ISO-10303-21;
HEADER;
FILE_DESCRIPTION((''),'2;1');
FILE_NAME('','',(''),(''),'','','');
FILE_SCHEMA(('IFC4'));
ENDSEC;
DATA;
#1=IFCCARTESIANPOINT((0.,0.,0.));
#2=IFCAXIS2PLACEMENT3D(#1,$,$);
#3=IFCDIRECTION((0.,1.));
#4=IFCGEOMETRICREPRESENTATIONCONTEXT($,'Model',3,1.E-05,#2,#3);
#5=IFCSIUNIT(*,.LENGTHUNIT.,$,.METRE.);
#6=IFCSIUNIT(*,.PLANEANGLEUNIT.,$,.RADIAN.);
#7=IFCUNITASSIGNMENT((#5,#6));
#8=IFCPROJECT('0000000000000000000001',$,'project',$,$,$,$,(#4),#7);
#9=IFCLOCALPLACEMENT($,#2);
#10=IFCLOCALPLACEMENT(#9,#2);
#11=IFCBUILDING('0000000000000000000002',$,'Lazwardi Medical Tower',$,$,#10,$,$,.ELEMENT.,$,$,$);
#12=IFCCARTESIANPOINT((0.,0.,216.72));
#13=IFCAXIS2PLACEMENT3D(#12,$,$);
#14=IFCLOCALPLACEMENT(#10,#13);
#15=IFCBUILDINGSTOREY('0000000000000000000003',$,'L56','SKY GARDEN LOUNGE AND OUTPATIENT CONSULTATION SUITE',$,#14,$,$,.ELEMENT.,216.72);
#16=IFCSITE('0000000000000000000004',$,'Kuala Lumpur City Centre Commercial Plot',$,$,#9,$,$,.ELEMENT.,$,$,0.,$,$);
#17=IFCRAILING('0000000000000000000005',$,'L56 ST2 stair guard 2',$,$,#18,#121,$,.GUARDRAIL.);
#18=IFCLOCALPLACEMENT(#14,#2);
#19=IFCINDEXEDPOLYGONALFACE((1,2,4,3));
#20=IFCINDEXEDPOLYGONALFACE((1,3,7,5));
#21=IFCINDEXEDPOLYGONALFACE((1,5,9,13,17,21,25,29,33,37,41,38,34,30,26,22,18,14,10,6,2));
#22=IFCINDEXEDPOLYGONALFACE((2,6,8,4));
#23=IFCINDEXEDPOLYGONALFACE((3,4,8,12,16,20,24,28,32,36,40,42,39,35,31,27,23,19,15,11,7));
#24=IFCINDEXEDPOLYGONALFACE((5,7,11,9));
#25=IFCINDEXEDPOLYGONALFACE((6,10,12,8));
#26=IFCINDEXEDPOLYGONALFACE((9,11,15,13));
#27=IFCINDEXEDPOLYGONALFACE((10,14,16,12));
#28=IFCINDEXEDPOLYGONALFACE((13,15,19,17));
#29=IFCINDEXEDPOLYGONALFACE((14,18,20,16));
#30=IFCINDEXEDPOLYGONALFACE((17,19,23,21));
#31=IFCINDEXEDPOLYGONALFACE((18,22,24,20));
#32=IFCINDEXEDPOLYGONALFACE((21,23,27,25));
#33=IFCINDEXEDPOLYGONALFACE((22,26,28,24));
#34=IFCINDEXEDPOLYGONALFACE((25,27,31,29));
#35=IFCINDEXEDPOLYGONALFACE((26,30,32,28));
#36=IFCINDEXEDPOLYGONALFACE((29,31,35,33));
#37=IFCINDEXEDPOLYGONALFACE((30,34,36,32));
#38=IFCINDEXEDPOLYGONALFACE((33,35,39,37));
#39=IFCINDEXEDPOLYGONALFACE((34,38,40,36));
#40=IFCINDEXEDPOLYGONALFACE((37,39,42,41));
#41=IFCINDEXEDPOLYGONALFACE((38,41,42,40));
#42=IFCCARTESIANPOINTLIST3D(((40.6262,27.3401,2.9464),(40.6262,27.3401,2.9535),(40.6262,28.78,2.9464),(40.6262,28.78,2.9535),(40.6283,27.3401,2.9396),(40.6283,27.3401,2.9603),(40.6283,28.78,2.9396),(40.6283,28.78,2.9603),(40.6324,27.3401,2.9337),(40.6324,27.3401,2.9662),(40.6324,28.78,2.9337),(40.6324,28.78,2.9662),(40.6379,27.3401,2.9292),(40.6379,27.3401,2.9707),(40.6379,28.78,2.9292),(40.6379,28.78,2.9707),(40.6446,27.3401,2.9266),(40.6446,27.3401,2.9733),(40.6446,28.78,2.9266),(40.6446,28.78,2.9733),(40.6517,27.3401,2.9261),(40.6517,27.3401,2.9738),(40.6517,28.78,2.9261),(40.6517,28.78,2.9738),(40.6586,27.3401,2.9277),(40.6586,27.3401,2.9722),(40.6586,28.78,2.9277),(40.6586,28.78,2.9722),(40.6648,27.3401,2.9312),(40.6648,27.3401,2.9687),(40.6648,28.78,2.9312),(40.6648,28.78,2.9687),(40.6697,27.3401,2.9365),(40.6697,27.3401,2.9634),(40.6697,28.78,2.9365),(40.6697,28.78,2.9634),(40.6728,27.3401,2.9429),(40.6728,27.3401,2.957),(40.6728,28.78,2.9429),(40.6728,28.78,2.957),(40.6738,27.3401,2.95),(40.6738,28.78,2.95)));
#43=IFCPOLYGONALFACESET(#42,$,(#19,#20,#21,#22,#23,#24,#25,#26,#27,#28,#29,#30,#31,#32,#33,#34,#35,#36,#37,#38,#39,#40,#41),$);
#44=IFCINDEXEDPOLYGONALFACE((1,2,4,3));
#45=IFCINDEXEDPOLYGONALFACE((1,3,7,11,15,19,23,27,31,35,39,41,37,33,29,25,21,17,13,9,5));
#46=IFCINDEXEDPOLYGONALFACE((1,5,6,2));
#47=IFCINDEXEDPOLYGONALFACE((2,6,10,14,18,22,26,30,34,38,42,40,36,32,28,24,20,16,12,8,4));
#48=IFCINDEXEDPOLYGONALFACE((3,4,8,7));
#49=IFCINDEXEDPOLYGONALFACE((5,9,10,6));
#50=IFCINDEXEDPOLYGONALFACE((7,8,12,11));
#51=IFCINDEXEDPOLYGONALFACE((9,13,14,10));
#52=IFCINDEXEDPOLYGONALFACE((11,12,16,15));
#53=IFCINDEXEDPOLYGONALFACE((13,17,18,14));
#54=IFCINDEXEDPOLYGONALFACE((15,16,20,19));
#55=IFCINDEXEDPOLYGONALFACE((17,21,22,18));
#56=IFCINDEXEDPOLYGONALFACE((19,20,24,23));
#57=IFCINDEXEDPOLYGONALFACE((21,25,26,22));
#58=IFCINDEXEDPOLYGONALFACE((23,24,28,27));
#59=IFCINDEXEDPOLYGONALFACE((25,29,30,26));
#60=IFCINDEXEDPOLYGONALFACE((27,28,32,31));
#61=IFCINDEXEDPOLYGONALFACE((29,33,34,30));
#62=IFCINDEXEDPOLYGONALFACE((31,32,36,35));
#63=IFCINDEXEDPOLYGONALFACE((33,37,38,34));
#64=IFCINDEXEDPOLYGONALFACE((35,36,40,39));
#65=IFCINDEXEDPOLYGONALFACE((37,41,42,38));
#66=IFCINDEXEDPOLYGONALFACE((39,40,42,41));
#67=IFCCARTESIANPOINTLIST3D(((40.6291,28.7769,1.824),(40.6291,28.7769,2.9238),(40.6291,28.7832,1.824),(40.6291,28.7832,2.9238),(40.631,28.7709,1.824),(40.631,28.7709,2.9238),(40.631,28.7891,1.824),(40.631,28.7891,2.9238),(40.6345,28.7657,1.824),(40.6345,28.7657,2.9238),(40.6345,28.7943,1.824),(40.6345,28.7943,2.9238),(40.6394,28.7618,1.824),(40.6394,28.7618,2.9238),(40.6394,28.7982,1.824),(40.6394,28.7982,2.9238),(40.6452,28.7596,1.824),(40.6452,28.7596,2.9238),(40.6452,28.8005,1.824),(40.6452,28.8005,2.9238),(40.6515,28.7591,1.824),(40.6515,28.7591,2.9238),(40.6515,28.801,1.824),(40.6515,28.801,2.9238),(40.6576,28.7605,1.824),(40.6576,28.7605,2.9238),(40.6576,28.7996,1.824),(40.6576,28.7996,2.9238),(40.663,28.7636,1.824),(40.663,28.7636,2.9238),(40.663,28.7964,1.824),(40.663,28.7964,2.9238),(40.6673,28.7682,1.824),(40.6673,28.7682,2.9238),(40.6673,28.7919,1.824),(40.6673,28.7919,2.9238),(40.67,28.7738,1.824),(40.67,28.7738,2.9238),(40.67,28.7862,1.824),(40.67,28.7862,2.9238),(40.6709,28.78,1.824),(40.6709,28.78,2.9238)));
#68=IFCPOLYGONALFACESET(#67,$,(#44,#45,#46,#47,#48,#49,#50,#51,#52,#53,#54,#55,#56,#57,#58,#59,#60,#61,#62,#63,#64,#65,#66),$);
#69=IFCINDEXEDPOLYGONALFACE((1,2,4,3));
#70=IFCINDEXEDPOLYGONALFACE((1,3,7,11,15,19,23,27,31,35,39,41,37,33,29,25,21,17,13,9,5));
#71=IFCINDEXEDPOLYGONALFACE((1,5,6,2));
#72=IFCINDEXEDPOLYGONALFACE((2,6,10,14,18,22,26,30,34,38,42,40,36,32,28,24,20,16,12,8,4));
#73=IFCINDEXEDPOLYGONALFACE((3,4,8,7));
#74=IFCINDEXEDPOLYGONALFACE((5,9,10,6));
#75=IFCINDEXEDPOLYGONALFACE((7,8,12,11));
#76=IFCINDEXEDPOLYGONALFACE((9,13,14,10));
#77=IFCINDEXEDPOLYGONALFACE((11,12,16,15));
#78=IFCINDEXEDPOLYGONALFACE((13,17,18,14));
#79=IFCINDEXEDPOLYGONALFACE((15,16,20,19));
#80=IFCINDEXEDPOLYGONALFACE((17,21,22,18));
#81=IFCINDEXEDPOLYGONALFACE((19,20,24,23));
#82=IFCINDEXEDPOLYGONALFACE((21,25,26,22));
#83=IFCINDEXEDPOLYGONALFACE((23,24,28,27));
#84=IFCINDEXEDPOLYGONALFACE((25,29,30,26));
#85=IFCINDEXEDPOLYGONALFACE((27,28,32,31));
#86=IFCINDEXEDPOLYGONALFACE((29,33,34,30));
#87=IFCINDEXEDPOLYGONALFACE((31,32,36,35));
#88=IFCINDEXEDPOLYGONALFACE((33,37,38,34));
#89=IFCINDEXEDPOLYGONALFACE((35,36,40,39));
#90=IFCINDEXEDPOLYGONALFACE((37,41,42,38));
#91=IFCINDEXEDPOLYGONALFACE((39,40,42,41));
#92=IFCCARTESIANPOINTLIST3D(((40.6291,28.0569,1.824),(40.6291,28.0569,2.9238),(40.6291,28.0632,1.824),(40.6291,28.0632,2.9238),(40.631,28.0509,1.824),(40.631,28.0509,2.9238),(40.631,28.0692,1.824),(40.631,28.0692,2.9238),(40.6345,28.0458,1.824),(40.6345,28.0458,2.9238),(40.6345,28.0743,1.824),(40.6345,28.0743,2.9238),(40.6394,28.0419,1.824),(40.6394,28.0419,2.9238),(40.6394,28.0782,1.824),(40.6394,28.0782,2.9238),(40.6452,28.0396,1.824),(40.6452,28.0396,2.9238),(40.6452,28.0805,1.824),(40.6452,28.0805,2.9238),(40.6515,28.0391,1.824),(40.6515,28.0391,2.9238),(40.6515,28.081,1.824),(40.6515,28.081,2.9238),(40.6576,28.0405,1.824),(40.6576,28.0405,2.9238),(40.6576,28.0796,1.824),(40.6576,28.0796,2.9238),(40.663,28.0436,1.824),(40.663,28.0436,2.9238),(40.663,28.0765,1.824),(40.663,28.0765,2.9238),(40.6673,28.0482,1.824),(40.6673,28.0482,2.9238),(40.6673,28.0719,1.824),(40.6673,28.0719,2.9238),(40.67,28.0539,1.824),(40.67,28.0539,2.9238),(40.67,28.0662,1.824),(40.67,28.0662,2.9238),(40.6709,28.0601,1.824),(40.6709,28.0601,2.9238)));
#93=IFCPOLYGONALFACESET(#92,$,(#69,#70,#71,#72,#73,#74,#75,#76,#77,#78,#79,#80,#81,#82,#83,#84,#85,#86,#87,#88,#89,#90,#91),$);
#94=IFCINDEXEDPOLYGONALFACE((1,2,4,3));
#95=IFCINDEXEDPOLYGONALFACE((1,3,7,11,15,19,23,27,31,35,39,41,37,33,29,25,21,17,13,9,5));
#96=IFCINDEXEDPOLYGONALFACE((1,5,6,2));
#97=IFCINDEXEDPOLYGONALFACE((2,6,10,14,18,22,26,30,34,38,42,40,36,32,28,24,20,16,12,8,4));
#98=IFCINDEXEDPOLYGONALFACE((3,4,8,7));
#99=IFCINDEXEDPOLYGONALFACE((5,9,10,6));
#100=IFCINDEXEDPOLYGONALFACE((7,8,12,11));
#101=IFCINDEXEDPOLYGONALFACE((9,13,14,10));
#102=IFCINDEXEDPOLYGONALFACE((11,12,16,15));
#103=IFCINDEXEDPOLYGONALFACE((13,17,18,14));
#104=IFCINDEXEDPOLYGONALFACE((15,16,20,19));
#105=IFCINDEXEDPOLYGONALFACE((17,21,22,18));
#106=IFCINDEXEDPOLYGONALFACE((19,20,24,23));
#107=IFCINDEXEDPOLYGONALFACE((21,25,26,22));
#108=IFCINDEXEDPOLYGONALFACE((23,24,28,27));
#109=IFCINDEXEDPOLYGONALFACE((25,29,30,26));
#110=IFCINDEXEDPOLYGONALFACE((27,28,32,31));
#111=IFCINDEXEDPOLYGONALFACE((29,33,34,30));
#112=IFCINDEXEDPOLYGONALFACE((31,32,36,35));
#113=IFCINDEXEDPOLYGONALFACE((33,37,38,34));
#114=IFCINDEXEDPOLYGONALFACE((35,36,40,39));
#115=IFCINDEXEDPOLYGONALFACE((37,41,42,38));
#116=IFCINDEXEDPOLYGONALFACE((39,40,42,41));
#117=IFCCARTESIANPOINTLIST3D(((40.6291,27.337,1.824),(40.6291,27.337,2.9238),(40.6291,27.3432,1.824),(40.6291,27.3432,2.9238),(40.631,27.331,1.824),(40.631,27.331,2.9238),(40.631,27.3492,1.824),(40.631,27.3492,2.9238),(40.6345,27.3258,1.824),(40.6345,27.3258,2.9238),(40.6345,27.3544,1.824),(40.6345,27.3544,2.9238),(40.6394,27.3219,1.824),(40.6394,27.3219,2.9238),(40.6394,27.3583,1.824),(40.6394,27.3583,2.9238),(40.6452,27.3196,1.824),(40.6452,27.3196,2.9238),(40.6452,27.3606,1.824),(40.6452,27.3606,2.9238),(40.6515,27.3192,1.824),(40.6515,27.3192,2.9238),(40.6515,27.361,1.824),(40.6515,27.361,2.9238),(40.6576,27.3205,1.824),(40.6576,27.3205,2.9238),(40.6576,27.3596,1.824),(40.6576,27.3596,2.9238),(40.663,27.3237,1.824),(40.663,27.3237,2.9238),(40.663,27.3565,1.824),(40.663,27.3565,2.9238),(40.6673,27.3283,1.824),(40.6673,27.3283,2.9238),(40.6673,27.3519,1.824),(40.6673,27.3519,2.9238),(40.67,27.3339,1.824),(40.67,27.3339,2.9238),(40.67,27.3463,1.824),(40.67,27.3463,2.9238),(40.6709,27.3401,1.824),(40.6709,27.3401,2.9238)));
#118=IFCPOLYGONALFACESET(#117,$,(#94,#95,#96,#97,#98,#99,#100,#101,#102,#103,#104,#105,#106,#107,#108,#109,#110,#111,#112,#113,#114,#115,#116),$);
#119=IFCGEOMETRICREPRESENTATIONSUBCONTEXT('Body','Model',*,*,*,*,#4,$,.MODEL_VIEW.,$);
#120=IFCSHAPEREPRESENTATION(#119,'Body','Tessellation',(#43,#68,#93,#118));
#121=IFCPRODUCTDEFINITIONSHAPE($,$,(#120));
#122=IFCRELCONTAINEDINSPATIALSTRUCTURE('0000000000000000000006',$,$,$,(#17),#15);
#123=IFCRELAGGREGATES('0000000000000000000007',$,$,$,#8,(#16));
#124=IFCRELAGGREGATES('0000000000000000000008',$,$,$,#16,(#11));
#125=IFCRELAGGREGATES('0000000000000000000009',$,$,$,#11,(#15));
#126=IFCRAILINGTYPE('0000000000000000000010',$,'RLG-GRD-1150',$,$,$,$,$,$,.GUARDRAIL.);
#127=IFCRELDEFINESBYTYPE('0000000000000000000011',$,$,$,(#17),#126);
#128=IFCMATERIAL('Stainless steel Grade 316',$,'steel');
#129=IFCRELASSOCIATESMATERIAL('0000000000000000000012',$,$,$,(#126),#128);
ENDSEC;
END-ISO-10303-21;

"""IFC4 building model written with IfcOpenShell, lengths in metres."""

from ifc_helpers import new_model, si_unit, direction, frame, origin, origin_2d, place, context, subcontext, project, spatial, circle, extrude, material, type_object, element, save


model = new_model("IFC4")

# Units and contexts
model_context = context("Model", 3, precision=1e-05, world=origin(), true_north=direction((0.0, 1.0)))
body_context = subcontext(model_context, "Body", "Model", "MODEL_VIEW")
ifc_project = project(units=[si_unit("LENGTHUNIT", "METRE"), si_unit("PLANEANGLEUNIT", "RADIAN")], contexts=[model_context])

# Site, building, storey
site_placement = place(None, origin())
site = spatial("IfcSite", under=ifc_project, at=site_placement, Name="Kuala Lumpur City Centre Commercial Plot", CompositionType="ELEMENT", RefElevation=0.0)
building_placement = place(site_placement, origin())
building = spatial("IfcBuilding", under=site, at=building_placement, Name="Lazwardi Medical Tower", CompositionType="ELEMENT")
storey_placement = place(building_placement, frame((0.0, 0.0, 216.72)))
storey = spatial("IfcBuildingStorey", under=building, at=storey_placement, Name="L56", Description="SKY GARDEN LOUNGE AND OUTPATIENT CONSULTATION SUITE", CompositionType="ELEMENT", Elevation=216.72)

# Railing
ifc_material_1 = material(Name="Stainless steel Grade 316", Category="steel")
railing_type_1 = type_object("IfcRailingType", Name="RLG-GRD-1150", PredefinedType="GUARDRAIL", material=ifc_material_1)
railing_1_placement = place(storey_placement, frame((40.6499, 28.78, 1.824)))
element("IfcRailing", 1, at=railing_1_placement, inside=storey, type_object=railing_type_1, Name="L56 ST2 stair guard 2", PredefinedType="GUARDRAIL", context=body_context, shape_type="SweptSolid", body=[
    extrude(circle(Radius=0.0239, at=origin_2d()), frame((0.0, 0.0, 1.126), z_axis=(0.0, -1.0, 0.0), x_axis=(1.0, 0.0, 0.0)), (0.0, 0.0, 1.0), 1.4399),
    extrude(circle(Radius=0.021, at=origin_2d()), origin(), (0.0, 0.0, 1.0), 1.0999),
    extrude(circle(Radius=0.021, at=origin_2d()), frame((0.0, -0.72, 0.0)), (0.0, 0.0, 1.0), 1.0999),
    extrude(circle(Radius=0.021, at=origin_2d()), frame((0.0, -1.4399, 0.0)), (0.0, 0.0, 1.0), 1.0999),
])

save(model, "model.ifc")
